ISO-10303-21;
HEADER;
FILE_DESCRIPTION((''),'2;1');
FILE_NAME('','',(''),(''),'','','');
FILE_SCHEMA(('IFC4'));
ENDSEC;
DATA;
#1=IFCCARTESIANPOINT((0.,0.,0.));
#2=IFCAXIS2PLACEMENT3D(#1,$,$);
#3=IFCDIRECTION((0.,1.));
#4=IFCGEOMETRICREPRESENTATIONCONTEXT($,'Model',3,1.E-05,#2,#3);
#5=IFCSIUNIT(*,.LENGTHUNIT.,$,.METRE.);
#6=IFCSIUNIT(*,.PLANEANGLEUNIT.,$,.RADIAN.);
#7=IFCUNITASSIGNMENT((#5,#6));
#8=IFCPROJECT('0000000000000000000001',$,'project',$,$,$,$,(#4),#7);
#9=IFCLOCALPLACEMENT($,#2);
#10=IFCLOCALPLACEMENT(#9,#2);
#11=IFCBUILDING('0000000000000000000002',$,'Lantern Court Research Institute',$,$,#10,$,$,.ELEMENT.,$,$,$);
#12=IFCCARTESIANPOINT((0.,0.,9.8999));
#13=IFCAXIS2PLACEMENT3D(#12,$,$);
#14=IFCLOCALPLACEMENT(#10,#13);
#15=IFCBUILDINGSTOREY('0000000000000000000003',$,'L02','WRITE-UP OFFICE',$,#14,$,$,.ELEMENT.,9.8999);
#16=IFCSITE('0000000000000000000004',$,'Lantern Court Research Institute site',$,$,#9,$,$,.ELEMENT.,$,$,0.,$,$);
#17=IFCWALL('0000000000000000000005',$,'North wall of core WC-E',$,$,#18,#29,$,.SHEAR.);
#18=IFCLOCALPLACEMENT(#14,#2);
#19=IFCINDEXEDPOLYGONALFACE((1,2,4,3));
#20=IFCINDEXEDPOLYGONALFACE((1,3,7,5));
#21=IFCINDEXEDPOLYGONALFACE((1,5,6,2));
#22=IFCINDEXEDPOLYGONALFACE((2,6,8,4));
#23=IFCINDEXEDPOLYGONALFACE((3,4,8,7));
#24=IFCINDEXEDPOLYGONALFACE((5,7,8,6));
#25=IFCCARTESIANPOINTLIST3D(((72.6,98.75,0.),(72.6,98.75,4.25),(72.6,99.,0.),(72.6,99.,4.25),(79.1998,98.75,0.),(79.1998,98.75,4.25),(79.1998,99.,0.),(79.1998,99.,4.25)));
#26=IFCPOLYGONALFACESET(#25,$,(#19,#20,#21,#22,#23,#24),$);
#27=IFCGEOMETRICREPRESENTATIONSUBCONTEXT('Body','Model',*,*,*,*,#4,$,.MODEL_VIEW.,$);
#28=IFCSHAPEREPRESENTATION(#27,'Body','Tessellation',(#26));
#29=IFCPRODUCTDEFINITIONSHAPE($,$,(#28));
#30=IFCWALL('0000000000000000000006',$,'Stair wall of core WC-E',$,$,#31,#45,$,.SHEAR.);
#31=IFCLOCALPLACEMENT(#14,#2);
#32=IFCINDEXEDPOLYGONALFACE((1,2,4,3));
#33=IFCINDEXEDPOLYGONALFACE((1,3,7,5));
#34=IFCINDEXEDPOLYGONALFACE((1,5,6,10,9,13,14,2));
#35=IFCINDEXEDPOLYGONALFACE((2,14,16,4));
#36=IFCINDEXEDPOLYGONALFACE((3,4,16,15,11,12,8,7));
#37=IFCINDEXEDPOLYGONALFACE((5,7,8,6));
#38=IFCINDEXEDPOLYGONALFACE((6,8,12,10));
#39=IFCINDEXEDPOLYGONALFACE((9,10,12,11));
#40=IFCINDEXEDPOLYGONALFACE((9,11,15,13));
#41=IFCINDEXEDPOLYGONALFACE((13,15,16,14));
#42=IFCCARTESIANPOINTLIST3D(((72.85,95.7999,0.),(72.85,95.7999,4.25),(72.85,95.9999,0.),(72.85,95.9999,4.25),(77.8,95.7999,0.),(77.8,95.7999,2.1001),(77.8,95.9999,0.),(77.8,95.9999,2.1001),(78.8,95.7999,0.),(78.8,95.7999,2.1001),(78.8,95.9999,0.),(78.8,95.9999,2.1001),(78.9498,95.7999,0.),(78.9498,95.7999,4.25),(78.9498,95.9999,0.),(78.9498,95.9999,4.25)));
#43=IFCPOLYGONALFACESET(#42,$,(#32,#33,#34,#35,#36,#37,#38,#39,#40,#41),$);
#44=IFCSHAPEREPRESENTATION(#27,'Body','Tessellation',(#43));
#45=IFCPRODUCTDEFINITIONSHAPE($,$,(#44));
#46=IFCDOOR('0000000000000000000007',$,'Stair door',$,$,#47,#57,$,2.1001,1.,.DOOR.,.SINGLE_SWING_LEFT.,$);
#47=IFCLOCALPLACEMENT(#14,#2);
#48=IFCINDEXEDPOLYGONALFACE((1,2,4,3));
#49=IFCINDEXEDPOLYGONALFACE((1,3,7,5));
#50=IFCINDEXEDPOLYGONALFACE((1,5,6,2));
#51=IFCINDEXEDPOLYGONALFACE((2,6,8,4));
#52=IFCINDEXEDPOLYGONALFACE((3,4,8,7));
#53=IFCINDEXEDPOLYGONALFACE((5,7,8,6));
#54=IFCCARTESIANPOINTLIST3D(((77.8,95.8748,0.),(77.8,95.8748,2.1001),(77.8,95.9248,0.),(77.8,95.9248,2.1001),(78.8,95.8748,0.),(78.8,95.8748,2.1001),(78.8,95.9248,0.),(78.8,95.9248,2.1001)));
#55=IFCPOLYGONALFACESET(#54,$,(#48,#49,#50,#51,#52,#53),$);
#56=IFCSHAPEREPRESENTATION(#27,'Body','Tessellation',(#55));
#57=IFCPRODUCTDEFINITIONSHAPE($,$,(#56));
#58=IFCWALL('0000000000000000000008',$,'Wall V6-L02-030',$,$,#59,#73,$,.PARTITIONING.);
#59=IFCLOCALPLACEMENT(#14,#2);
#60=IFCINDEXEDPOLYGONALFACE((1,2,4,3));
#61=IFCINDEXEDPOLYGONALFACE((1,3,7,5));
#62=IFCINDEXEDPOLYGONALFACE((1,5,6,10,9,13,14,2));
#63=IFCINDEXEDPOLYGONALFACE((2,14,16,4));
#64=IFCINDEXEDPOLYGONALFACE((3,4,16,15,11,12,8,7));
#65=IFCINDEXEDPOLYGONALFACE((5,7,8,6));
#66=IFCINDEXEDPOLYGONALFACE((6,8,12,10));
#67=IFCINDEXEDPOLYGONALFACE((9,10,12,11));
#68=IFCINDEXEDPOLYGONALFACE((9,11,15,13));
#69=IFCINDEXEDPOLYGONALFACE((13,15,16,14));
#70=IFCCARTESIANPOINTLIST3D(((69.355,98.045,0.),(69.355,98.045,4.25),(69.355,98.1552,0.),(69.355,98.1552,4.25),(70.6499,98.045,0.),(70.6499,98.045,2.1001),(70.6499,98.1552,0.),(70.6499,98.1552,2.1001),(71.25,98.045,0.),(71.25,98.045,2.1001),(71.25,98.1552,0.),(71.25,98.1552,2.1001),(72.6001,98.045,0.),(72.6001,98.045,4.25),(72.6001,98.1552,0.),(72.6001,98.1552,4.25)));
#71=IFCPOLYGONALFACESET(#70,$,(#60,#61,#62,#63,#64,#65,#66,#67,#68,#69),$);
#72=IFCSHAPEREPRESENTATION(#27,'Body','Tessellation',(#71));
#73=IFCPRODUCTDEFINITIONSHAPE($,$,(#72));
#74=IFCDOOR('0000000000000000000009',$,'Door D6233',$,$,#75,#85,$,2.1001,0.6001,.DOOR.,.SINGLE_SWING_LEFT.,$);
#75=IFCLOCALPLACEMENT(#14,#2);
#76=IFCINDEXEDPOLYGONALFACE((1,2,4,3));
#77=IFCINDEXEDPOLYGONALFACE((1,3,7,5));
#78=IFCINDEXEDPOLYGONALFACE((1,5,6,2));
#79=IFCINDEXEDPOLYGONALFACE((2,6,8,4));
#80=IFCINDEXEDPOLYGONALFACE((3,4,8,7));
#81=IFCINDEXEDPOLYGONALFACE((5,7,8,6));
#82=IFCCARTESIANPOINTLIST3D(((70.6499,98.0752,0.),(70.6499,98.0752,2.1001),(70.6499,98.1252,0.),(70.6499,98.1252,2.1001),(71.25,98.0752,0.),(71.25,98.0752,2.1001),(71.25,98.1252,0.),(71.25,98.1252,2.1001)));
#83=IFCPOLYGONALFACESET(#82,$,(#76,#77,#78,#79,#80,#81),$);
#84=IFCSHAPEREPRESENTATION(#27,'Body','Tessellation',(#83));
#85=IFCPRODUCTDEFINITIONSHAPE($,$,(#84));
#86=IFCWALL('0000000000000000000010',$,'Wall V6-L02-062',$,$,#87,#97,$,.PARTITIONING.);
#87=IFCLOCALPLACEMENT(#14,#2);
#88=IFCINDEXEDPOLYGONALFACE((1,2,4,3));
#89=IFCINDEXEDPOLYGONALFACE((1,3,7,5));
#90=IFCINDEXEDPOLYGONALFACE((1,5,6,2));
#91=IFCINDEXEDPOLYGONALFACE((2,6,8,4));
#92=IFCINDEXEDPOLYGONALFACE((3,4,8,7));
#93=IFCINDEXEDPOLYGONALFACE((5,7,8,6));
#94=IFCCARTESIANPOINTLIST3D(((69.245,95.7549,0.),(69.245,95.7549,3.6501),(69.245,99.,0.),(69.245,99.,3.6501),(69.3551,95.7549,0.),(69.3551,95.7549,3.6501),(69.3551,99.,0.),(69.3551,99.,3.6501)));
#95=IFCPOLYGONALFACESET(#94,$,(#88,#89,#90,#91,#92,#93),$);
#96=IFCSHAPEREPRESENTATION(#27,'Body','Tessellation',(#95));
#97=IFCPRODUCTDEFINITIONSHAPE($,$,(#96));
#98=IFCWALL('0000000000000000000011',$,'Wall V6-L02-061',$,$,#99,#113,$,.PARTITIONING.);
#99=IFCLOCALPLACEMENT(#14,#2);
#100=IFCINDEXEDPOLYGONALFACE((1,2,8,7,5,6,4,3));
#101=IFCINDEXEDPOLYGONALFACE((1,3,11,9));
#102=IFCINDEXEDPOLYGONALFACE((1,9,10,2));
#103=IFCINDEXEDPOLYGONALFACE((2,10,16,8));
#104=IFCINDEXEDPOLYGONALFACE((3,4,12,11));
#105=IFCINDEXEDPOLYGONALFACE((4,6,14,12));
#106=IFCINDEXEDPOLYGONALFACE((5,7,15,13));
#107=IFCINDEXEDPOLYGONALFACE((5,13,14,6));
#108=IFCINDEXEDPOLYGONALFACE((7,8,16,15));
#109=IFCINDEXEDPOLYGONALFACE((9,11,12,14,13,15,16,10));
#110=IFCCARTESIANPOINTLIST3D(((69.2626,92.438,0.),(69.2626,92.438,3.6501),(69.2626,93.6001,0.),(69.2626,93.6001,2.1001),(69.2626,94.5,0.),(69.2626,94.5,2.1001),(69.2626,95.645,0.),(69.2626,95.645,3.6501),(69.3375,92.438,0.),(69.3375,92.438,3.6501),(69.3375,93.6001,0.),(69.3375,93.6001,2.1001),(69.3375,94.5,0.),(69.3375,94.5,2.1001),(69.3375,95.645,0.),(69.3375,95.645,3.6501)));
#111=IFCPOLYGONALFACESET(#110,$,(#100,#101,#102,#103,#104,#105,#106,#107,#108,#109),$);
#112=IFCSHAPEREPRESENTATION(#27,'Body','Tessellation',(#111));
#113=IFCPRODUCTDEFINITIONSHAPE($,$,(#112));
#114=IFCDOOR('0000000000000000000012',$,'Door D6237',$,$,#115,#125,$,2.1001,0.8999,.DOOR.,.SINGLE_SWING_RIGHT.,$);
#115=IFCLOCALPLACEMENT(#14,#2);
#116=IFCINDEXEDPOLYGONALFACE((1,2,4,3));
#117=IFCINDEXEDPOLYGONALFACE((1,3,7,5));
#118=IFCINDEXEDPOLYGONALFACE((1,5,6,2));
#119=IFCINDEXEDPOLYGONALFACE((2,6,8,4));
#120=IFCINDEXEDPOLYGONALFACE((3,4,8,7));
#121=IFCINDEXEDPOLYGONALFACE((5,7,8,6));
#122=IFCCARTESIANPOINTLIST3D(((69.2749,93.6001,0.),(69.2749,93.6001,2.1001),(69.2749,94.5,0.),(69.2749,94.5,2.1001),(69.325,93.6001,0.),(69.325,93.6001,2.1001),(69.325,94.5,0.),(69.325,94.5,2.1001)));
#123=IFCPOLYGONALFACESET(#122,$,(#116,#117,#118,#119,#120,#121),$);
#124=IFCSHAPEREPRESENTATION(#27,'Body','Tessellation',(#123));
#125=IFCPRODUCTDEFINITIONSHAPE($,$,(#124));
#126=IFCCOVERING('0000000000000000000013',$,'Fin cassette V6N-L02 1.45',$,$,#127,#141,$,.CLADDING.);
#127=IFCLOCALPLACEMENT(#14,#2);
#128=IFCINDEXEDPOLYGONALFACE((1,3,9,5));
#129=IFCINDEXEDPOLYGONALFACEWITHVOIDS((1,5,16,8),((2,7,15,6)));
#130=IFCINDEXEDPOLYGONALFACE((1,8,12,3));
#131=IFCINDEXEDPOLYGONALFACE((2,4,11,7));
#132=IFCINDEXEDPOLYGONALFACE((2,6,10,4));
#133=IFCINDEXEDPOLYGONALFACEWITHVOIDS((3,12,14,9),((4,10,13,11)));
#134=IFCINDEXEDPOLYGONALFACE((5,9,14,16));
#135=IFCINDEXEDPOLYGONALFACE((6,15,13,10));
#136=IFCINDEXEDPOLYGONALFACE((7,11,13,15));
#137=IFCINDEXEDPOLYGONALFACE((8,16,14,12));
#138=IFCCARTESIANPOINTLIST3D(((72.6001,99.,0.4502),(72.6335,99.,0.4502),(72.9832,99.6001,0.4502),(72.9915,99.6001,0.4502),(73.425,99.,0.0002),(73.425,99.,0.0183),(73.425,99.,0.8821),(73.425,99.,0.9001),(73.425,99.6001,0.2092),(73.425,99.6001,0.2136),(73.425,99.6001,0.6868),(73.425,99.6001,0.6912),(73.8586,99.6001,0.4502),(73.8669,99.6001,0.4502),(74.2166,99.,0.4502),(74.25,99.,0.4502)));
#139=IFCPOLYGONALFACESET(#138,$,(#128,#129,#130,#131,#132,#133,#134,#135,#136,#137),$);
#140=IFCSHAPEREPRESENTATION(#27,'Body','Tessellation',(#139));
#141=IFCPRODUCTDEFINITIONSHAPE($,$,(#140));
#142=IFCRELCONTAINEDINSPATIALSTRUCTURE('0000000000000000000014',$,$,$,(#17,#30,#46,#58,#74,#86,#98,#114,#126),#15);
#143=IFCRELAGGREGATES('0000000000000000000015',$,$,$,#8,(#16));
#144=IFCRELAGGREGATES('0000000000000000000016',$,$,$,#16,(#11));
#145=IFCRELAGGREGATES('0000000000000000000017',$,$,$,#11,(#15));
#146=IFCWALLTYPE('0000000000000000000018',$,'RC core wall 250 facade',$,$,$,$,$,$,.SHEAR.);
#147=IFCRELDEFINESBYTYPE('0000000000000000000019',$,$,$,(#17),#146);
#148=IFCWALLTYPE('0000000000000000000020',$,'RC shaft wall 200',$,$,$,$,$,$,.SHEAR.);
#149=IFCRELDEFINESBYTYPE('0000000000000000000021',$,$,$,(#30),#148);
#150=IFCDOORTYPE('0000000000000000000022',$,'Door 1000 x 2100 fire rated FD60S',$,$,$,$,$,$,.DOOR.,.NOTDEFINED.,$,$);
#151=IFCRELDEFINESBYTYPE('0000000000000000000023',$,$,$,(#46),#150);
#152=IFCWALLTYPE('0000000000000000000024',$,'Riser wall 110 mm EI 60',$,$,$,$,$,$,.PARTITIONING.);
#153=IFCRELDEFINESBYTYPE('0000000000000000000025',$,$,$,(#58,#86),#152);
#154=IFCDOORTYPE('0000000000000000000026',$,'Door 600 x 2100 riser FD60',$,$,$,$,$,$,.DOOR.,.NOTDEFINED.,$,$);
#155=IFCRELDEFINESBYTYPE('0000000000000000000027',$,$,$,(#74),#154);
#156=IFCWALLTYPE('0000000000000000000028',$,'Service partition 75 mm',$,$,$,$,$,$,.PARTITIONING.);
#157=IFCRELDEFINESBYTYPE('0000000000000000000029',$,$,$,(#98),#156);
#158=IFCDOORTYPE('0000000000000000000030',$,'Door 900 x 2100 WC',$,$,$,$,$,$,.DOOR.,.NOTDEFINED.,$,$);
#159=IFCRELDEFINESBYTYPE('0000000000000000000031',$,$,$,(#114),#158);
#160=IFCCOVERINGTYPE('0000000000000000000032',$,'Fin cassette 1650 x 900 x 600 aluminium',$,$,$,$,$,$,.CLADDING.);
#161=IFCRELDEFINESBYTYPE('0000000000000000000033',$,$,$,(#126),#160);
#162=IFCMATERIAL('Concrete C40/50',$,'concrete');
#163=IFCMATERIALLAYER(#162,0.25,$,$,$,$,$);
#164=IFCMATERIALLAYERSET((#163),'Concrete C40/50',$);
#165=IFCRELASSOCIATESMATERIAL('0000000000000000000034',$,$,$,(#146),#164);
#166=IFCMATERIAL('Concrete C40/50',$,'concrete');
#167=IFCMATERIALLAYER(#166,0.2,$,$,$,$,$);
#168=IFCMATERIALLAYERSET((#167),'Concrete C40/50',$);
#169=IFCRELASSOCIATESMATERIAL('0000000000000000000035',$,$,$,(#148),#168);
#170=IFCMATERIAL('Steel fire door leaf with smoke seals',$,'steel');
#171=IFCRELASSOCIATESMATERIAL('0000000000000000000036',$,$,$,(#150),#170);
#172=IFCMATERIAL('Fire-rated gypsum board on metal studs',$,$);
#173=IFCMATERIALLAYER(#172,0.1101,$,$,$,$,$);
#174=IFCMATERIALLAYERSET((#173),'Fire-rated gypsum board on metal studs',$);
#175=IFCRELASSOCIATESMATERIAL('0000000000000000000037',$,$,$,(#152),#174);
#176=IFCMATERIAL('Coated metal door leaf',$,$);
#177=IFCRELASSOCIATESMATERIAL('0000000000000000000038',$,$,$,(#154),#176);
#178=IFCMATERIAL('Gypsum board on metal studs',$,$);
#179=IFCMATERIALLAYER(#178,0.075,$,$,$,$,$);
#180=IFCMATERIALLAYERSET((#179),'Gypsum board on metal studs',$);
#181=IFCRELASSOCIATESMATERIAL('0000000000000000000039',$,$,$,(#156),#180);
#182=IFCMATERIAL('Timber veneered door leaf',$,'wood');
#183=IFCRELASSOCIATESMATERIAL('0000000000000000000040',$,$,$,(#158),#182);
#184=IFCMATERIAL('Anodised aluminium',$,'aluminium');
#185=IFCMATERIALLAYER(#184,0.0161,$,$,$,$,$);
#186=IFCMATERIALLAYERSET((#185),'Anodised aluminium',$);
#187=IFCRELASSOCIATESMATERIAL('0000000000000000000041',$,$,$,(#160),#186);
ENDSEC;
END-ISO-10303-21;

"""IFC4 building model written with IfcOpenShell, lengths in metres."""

from ifc_helpers import new_model, entity, si_unit, direction, frame, frame_2d, origin, place, context, subcontext, project, spatial, rectangle, extrude, material, layer, layer_set, type_object, element, fill, save


model = new_model("IFC4")

# Units and contexts
model_context = context("Model", 3, precision=1e-05, world=origin(), true_north=direction((0.0, 1.0)))
body_context = subcontext(model_context, "Body", "Model", "MODEL_VIEW")
ifc_project = project(units=[si_unit("LENGTHUNIT", "METRE"), si_unit("PLANEANGLEUNIT", "RADIAN")], contexts=[model_context])

# Site, building, storey
site_placement = place(None, origin())
site = spatial("IfcSite", under=ifc_project, at=site_placement, Name="Lantern Court Research Institute site", CompositionType="ELEMENT", RefElevation=0.0)
building_placement = place(site_placement, origin())
building = spatial("IfcBuilding", under=site, at=building_placement, Name="Lantern Court Research Institute", CompositionType="ELEMENT")
storey_placement = place(building_placement, frame((0.0, 0.0, 9.8999)))
storey = spatial("IfcBuildingStorey", under=building, at=storey_placement, Name="L02", Description="WRITE-UP OFFICE", CompositionType="ELEMENT", Elevation=9.8999)

# Wall
ifc_material_1 = material(Name="Concrete C40/50", Category="concrete")
ifc_layer_1 = layer(ifc_material_1, 0.25)
ifc_layer_set_1 = layer_set([ifc_layer_1], Name="Concrete C40/50")
wall_type_1 = type_object("IfcWallType", Name="RC core wall 250 facade", PredefinedType="SHEAR", material=ifc_layer_set_1)
wall_1_placement = place(storey_placement, frame((72.6001, 98.875, 0.0), z_axis=(0.0, 0.0, 1.0), x_axis=(1.0, 0.0, 0.0)))
element("IfcWall", 1, at=wall_1_placement, inside=storey, type_object=wall_type_1, Name="North wall of core WC-E", PredefinedType="SHEAR", context=body_context, shape_type="SweptSolid", body=[
    extrude(rectangle(XDim=6.5999, YDim=0.25, at=frame_2d((3.2998, 0.0))), origin(), (0.0, 0.0, 1.0), 4.25),
])

# Walls, openings, doors
ifc_material_2 = material(Name="Concrete C40/50", Category="concrete")
ifc_layer_2 = layer(ifc_material_2, 0.2)
ifc_layer_set_2 = layer_set([ifc_layer_2], Name="Concrete C40/50")
wall_type_2 = type_object("IfcWallType", Name="RC shaft wall 200", PredefinedType="SHEAR", material=ifc_layer_set_2)
wall_2_placement = place(storey_placement, frame((72.8501, 95.8999, 0.0), z_axis=(0.0, 0.0, 1.0), x_axis=(1.0, 0.0, 0.0)))
wall_2 = element("IfcWall", 2, at=wall_2_placement, inside=storey, type_object=wall_type_2, Name="Stair wall of core WC-E", PredefinedType="SHEAR", context=body_context, shape_type="SweptSolid", body=[
    extrude(rectangle(XDim=6.0999, YDim=0.2, at=frame_2d((3.0498, 0.0))), origin(), (0.0, 0.0, 1.0), 4.25),
])
opening_1_placement = place(wall_2_placement, frame((4.95, 0.0, 0.0)))
opening_1 = element("IfcOpeningElement", 3, at=opening_1_placement, cuts=wall_2, PredefinedType="OPENING", context=body_context, shape_type="SweptSolid", body=[
    extrude(rectangle(XDim=1.0, YDim=2.1001, at=frame_2d((0.5, 1.05))), frame((0.0, 0.1099, 0.0), z_axis=(0.0, -1.0, 0.0), x_axis=(1.0, 0.0, 0.0)), (0.0, 0.0, 1.0), 0.22),
])
ifc_material_3 = material(Name="Steel fire door leaf with smoke seals", Category="steel")
door_type_1 = type_object("IfcDoorType", Name="Door 1000 x 2100 fire rated FD60S", OperationType="NOTDEFINED", PredefinedType="DOOR", material=ifc_material_3)
door_1_placement = place(opening_1_placement, origin())
door_1 = element("IfcDoor", 4, at=door_1_placement, inside=storey, type_object=door_type_1, Name="Stair door", OperationType="SINGLE_SWING_LEFT", OverallHeight=2.1001, OverallWidth=1.0, PredefinedType="DOOR", context=body_context, shape_type="SweptSolid", body=[
    extrude(rectangle(XDim=1.0, YDim=2.1001, at=frame_2d((0.5, 1.05))), frame((0.0, 0.0249, 0.0), z_axis=(0.0, -1.0, 0.0), x_axis=(1.0, 0.0, 0.0)), (0.0, 0.0, 1.0), 0.05),
])
fill(opening_1, door_1)
ifc_material_4 = material(Name="Fire-rated gypsum board on metal studs")
ifc_layer_3 = layer(ifc_material_4, 0.1101)
ifc_layer_set_3 = layer_set([ifc_layer_3], Name="Fire-rated gypsum board on metal studs")
wall_type_3 = type_object("IfcWallType", Name="Riser wall 110 mm EI 60", PredefinedType="PARTITIONING", material=ifc_layer_set_3)
wall_3_placement = place(storey_placement, frame((72.6001, 98.1001, 0.0), z_axis=(0.0, 0.0, 1.0), x_axis=(-1.0, 0.0, 0.0)))
wall_3 = element("IfcWall", 5, at=wall_3_placement, inside=storey, type_object=wall_type_3, Name="Wall V6-L02-030", PredefinedType="PARTITIONING", context=body_context, shape_type="SweptSolid", body=[
    extrude(rectangle(XDim=3.2451, YDim=0.1101, at=frame_2d((1.6226, 0.0))), origin(), (0.0, 0.0, 1.0), 4.25),
])
opening_2_placement = place(wall_3_placement, frame((1.3501, 0.0, 0.0)))
opening_2 = element("IfcOpeningElement", 6, at=opening_2_placement, cuts=wall_3, PredefinedType="OPENING", context=body_context, shape_type="SweptSolid", body=[
    extrude(rectangle(XDim=0.6001, YDim=2.1001, at=frame_2d((0.3, 1.05))), frame((0.0, 0.0649, 0.0), z_axis=(0.0, -1.0, 0.0), x_axis=(1.0, 0.0, 0.0)), (0.0, 0.0, 1.0), 0.1301),
])
ifc_material_5 = material(Name="Coated metal door leaf")
door_type_2 = type_object("IfcDoorType", Name="Door 600 x 2100 riser FD60", OperationType="NOTDEFINED", PredefinedType="DOOR", material=ifc_material_5)
door_2_placement = place(opening_2_placement, origin())
door_2 = element("IfcDoor", 7, at=door_2_placement, inside=storey, type_object=door_type_2, Name="Door D6233", OperationType="SINGLE_SWING_LEFT", OverallHeight=2.1001, OverallWidth=0.6001, PredefinedType="DOOR", context=body_context, shape_type="SweptSolid", body=[
    extrude(rectangle(XDim=0.6001, YDim=2.1001, at=frame_2d((0.3, 1.05))), frame((0.0, 0.0249, 0.0), z_axis=(0.0, -1.0, 0.0), x_axis=(1.0, 0.0, 0.0)), (0.0, 0.0, 1.0), 0.05),
])
fill(opening_2, door_2)

# Wall
wall_4_placement = place(storey_placement, frame((69.3, 95.7549, 0.0), z_axis=(0.0, 0.0, 1.0), x_axis=(0.0, 1.0, 0.0)))
element("IfcWall", 8, at=wall_4_placement, inside=storey, type_object=wall_type_3, Name="Wall V6-L02-062", PredefinedType="PARTITIONING", context=body_context, shape_type="SweptSolid", body=[
    extrude(rectangle(XDim=3.2451, YDim=0.1101, at=frame_2d((1.6226, 0.0))), origin(), (0.0, 0.0, 1.0), 3.6501),
])

# Wall, opening, door
ifc_material_6 = material(Name="Gypsum board on metal studs")
ifc_layer_4 = layer(ifc_material_6, 0.075)
ifc_layer_set_4 = layer_set([ifc_layer_4], Name="Gypsum board on metal studs")
wall_type_4 = type_object("IfcWallType", Name="Service partition 75 mm", PredefinedType="PARTITIONING", material=ifc_layer_set_4)
wall_5_placement = place(storey_placement, frame((69.3, 95.645, 0.0), z_axis=(0.0, 0.0, 1.0), x_axis=(0.0, -1.0, 0.0)))
wall_5 = element("IfcWall", 9, at=wall_5_placement, inside=storey, type_object=wall_type_4, Name="Wall V6-L02-061", PredefinedType="PARTITIONING", context=body_context, shape_type="SweptSolid", body=[
    extrude(rectangle(XDim=3.207, YDim=0.075, at=frame_2d((1.6035, 0.0))), origin(), (0.0, 0.0, 1.0), 3.6501),
])
opening_3_placement = place(wall_5_placement, frame((1.145, 0.0, 0.0)))
opening_3 = element("IfcOpeningElement", 10, at=opening_3_placement, cuts=wall_5, PredefinedType="OPENING", context=body_context, shape_type="SweptSolid", body=[
    extrude(rectangle(XDim=0.8999, YDim=2.1001, at=frame_2d((0.45, 1.05))), frame((0.0, 0.0474, 0.0), z_axis=(0.0, -1.0, 0.0), x_axis=(1.0, 0.0, 0.0)), (0.0, 0.0, 1.0), 0.095),
])
ifc_material_7 = material(Name="Timber veneered door leaf", Category="wood")
door_type_3 = type_object("IfcDoorType", Name="Door 900 x 2100 WC", OperationType="NOTDEFINED", PredefinedType="DOOR", material=ifc_material_7)
door_3_placement = place(opening_3_placement, origin())
door_3 = element("IfcDoor", 11, at=door_3_placement, inside=storey, type_object=door_type_3, Name="Door D6237", OperationType="SINGLE_SWING_RIGHT", OverallHeight=2.1001, OverallWidth=0.8999, PredefinedType="DOOR", context=body_context, shape_type="SweptSolid", body=[
    extrude(rectangle(XDim=0.8999, YDim=2.1001, at=frame_2d((0.45, 1.05))), frame((0.0, 0.0249, 0.0), z_axis=(0.0, -1.0, 0.0), x_axis=(1.0, 0.0, 0.0)), (0.0, 0.0, 1.0), 0.05),
])
fill(opening_3, door_3)

# Covering
ifc_material_8 = material(Name="Anodised aluminium", Category="aluminium")
ifc_layer_5 = layer(ifc_material_8, 0.0161)
ifc_layer_set_5 = layer_set([ifc_layer_5], Name="Anodised aluminium")
covering_type = type_object("IfcCoveringType", Name="Fin cassette 1650 x 900 x 600 aluminium", PredefinedType="CLADDING", material=ifc_layer_set_5)
covering_1_placement = place(storey_placement, frame((73.425, 99.0, 0.4502), z_axis=(0.0, 1.0, 0.0), x_axis=(-1.0, 0.0, 0.0)))
cartesian_point_1 = entity("IfcCartesianPoint", [0.825, 0.0])
cartesian_point_2 = entity("IfcCartesianPoint", [0.7915, 0.0])
cartesian_point_3 = entity("IfcCartesianPoint", [0.4419, 0.0])
cartesian_point_4 = entity("IfcCartesianPoint", [0.4336, 0.0])
element("IfcCovering", 12, at=covering_1_placement, inside=storey, type_object=covering_type, Name="Fin cassette V6N-L02 1.45", PredefinedType="CLADDING", context=body_context, shape_type="SweptSolid", body=[
    entity("IfcExtrudedAreaSolidTapered", entity("IfcArbitraryProfileDefWithVoids", "AREA", None, entity("IfcPolyline", [cartesian_point_1, entity("IfcCartesianPoint", [0.0, 0.45]), entity("IfcCartesianPoint", [-0.825, 0.0]), entity("IfcCartesianPoint", [0.0, -0.45]), cartesian_point_1]), [entity("IfcPolyline", [cartesian_point_2, entity("IfcCartesianPoint", [0.0, 0.4319]), entity("IfcCartesianPoint", [-0.7915, 0.0]), entity("IfcCartesianPoint", [0.0, -0.4319]), cartesian_point_2])]), entity("IfcAxis2Placement3D", entity("IfcCartesianPoint", [0.0, 0.0, 0.0])), entity("IfcDirection", [0.0, 0.0, 1.0]), 0.6001, entity("IfcArbitraryProfileDefWithVoids", "AREA", None, entity("IfcPolyline", [cartesian_point_3, entity("IfcCartesianPoint", [0.0, 0.241]), entity("IfcCartesianPoint", [-0.4419, 0.0]), entity("IfcCartesianPoint", [0.0, -0.241]), cartesian_point_3]), [entity("IfcPolyline", [cartesian_point_4, entity("IfcCartesianPoint", [0.0, 0.2366]), entity("IfcCartesianPoint", [-0.4336, 0.0]), entity("IfcCartesianPoint", [0.0, -0.2366]), cartesian_point_4])])),
])

save(model, "model.ifc")
